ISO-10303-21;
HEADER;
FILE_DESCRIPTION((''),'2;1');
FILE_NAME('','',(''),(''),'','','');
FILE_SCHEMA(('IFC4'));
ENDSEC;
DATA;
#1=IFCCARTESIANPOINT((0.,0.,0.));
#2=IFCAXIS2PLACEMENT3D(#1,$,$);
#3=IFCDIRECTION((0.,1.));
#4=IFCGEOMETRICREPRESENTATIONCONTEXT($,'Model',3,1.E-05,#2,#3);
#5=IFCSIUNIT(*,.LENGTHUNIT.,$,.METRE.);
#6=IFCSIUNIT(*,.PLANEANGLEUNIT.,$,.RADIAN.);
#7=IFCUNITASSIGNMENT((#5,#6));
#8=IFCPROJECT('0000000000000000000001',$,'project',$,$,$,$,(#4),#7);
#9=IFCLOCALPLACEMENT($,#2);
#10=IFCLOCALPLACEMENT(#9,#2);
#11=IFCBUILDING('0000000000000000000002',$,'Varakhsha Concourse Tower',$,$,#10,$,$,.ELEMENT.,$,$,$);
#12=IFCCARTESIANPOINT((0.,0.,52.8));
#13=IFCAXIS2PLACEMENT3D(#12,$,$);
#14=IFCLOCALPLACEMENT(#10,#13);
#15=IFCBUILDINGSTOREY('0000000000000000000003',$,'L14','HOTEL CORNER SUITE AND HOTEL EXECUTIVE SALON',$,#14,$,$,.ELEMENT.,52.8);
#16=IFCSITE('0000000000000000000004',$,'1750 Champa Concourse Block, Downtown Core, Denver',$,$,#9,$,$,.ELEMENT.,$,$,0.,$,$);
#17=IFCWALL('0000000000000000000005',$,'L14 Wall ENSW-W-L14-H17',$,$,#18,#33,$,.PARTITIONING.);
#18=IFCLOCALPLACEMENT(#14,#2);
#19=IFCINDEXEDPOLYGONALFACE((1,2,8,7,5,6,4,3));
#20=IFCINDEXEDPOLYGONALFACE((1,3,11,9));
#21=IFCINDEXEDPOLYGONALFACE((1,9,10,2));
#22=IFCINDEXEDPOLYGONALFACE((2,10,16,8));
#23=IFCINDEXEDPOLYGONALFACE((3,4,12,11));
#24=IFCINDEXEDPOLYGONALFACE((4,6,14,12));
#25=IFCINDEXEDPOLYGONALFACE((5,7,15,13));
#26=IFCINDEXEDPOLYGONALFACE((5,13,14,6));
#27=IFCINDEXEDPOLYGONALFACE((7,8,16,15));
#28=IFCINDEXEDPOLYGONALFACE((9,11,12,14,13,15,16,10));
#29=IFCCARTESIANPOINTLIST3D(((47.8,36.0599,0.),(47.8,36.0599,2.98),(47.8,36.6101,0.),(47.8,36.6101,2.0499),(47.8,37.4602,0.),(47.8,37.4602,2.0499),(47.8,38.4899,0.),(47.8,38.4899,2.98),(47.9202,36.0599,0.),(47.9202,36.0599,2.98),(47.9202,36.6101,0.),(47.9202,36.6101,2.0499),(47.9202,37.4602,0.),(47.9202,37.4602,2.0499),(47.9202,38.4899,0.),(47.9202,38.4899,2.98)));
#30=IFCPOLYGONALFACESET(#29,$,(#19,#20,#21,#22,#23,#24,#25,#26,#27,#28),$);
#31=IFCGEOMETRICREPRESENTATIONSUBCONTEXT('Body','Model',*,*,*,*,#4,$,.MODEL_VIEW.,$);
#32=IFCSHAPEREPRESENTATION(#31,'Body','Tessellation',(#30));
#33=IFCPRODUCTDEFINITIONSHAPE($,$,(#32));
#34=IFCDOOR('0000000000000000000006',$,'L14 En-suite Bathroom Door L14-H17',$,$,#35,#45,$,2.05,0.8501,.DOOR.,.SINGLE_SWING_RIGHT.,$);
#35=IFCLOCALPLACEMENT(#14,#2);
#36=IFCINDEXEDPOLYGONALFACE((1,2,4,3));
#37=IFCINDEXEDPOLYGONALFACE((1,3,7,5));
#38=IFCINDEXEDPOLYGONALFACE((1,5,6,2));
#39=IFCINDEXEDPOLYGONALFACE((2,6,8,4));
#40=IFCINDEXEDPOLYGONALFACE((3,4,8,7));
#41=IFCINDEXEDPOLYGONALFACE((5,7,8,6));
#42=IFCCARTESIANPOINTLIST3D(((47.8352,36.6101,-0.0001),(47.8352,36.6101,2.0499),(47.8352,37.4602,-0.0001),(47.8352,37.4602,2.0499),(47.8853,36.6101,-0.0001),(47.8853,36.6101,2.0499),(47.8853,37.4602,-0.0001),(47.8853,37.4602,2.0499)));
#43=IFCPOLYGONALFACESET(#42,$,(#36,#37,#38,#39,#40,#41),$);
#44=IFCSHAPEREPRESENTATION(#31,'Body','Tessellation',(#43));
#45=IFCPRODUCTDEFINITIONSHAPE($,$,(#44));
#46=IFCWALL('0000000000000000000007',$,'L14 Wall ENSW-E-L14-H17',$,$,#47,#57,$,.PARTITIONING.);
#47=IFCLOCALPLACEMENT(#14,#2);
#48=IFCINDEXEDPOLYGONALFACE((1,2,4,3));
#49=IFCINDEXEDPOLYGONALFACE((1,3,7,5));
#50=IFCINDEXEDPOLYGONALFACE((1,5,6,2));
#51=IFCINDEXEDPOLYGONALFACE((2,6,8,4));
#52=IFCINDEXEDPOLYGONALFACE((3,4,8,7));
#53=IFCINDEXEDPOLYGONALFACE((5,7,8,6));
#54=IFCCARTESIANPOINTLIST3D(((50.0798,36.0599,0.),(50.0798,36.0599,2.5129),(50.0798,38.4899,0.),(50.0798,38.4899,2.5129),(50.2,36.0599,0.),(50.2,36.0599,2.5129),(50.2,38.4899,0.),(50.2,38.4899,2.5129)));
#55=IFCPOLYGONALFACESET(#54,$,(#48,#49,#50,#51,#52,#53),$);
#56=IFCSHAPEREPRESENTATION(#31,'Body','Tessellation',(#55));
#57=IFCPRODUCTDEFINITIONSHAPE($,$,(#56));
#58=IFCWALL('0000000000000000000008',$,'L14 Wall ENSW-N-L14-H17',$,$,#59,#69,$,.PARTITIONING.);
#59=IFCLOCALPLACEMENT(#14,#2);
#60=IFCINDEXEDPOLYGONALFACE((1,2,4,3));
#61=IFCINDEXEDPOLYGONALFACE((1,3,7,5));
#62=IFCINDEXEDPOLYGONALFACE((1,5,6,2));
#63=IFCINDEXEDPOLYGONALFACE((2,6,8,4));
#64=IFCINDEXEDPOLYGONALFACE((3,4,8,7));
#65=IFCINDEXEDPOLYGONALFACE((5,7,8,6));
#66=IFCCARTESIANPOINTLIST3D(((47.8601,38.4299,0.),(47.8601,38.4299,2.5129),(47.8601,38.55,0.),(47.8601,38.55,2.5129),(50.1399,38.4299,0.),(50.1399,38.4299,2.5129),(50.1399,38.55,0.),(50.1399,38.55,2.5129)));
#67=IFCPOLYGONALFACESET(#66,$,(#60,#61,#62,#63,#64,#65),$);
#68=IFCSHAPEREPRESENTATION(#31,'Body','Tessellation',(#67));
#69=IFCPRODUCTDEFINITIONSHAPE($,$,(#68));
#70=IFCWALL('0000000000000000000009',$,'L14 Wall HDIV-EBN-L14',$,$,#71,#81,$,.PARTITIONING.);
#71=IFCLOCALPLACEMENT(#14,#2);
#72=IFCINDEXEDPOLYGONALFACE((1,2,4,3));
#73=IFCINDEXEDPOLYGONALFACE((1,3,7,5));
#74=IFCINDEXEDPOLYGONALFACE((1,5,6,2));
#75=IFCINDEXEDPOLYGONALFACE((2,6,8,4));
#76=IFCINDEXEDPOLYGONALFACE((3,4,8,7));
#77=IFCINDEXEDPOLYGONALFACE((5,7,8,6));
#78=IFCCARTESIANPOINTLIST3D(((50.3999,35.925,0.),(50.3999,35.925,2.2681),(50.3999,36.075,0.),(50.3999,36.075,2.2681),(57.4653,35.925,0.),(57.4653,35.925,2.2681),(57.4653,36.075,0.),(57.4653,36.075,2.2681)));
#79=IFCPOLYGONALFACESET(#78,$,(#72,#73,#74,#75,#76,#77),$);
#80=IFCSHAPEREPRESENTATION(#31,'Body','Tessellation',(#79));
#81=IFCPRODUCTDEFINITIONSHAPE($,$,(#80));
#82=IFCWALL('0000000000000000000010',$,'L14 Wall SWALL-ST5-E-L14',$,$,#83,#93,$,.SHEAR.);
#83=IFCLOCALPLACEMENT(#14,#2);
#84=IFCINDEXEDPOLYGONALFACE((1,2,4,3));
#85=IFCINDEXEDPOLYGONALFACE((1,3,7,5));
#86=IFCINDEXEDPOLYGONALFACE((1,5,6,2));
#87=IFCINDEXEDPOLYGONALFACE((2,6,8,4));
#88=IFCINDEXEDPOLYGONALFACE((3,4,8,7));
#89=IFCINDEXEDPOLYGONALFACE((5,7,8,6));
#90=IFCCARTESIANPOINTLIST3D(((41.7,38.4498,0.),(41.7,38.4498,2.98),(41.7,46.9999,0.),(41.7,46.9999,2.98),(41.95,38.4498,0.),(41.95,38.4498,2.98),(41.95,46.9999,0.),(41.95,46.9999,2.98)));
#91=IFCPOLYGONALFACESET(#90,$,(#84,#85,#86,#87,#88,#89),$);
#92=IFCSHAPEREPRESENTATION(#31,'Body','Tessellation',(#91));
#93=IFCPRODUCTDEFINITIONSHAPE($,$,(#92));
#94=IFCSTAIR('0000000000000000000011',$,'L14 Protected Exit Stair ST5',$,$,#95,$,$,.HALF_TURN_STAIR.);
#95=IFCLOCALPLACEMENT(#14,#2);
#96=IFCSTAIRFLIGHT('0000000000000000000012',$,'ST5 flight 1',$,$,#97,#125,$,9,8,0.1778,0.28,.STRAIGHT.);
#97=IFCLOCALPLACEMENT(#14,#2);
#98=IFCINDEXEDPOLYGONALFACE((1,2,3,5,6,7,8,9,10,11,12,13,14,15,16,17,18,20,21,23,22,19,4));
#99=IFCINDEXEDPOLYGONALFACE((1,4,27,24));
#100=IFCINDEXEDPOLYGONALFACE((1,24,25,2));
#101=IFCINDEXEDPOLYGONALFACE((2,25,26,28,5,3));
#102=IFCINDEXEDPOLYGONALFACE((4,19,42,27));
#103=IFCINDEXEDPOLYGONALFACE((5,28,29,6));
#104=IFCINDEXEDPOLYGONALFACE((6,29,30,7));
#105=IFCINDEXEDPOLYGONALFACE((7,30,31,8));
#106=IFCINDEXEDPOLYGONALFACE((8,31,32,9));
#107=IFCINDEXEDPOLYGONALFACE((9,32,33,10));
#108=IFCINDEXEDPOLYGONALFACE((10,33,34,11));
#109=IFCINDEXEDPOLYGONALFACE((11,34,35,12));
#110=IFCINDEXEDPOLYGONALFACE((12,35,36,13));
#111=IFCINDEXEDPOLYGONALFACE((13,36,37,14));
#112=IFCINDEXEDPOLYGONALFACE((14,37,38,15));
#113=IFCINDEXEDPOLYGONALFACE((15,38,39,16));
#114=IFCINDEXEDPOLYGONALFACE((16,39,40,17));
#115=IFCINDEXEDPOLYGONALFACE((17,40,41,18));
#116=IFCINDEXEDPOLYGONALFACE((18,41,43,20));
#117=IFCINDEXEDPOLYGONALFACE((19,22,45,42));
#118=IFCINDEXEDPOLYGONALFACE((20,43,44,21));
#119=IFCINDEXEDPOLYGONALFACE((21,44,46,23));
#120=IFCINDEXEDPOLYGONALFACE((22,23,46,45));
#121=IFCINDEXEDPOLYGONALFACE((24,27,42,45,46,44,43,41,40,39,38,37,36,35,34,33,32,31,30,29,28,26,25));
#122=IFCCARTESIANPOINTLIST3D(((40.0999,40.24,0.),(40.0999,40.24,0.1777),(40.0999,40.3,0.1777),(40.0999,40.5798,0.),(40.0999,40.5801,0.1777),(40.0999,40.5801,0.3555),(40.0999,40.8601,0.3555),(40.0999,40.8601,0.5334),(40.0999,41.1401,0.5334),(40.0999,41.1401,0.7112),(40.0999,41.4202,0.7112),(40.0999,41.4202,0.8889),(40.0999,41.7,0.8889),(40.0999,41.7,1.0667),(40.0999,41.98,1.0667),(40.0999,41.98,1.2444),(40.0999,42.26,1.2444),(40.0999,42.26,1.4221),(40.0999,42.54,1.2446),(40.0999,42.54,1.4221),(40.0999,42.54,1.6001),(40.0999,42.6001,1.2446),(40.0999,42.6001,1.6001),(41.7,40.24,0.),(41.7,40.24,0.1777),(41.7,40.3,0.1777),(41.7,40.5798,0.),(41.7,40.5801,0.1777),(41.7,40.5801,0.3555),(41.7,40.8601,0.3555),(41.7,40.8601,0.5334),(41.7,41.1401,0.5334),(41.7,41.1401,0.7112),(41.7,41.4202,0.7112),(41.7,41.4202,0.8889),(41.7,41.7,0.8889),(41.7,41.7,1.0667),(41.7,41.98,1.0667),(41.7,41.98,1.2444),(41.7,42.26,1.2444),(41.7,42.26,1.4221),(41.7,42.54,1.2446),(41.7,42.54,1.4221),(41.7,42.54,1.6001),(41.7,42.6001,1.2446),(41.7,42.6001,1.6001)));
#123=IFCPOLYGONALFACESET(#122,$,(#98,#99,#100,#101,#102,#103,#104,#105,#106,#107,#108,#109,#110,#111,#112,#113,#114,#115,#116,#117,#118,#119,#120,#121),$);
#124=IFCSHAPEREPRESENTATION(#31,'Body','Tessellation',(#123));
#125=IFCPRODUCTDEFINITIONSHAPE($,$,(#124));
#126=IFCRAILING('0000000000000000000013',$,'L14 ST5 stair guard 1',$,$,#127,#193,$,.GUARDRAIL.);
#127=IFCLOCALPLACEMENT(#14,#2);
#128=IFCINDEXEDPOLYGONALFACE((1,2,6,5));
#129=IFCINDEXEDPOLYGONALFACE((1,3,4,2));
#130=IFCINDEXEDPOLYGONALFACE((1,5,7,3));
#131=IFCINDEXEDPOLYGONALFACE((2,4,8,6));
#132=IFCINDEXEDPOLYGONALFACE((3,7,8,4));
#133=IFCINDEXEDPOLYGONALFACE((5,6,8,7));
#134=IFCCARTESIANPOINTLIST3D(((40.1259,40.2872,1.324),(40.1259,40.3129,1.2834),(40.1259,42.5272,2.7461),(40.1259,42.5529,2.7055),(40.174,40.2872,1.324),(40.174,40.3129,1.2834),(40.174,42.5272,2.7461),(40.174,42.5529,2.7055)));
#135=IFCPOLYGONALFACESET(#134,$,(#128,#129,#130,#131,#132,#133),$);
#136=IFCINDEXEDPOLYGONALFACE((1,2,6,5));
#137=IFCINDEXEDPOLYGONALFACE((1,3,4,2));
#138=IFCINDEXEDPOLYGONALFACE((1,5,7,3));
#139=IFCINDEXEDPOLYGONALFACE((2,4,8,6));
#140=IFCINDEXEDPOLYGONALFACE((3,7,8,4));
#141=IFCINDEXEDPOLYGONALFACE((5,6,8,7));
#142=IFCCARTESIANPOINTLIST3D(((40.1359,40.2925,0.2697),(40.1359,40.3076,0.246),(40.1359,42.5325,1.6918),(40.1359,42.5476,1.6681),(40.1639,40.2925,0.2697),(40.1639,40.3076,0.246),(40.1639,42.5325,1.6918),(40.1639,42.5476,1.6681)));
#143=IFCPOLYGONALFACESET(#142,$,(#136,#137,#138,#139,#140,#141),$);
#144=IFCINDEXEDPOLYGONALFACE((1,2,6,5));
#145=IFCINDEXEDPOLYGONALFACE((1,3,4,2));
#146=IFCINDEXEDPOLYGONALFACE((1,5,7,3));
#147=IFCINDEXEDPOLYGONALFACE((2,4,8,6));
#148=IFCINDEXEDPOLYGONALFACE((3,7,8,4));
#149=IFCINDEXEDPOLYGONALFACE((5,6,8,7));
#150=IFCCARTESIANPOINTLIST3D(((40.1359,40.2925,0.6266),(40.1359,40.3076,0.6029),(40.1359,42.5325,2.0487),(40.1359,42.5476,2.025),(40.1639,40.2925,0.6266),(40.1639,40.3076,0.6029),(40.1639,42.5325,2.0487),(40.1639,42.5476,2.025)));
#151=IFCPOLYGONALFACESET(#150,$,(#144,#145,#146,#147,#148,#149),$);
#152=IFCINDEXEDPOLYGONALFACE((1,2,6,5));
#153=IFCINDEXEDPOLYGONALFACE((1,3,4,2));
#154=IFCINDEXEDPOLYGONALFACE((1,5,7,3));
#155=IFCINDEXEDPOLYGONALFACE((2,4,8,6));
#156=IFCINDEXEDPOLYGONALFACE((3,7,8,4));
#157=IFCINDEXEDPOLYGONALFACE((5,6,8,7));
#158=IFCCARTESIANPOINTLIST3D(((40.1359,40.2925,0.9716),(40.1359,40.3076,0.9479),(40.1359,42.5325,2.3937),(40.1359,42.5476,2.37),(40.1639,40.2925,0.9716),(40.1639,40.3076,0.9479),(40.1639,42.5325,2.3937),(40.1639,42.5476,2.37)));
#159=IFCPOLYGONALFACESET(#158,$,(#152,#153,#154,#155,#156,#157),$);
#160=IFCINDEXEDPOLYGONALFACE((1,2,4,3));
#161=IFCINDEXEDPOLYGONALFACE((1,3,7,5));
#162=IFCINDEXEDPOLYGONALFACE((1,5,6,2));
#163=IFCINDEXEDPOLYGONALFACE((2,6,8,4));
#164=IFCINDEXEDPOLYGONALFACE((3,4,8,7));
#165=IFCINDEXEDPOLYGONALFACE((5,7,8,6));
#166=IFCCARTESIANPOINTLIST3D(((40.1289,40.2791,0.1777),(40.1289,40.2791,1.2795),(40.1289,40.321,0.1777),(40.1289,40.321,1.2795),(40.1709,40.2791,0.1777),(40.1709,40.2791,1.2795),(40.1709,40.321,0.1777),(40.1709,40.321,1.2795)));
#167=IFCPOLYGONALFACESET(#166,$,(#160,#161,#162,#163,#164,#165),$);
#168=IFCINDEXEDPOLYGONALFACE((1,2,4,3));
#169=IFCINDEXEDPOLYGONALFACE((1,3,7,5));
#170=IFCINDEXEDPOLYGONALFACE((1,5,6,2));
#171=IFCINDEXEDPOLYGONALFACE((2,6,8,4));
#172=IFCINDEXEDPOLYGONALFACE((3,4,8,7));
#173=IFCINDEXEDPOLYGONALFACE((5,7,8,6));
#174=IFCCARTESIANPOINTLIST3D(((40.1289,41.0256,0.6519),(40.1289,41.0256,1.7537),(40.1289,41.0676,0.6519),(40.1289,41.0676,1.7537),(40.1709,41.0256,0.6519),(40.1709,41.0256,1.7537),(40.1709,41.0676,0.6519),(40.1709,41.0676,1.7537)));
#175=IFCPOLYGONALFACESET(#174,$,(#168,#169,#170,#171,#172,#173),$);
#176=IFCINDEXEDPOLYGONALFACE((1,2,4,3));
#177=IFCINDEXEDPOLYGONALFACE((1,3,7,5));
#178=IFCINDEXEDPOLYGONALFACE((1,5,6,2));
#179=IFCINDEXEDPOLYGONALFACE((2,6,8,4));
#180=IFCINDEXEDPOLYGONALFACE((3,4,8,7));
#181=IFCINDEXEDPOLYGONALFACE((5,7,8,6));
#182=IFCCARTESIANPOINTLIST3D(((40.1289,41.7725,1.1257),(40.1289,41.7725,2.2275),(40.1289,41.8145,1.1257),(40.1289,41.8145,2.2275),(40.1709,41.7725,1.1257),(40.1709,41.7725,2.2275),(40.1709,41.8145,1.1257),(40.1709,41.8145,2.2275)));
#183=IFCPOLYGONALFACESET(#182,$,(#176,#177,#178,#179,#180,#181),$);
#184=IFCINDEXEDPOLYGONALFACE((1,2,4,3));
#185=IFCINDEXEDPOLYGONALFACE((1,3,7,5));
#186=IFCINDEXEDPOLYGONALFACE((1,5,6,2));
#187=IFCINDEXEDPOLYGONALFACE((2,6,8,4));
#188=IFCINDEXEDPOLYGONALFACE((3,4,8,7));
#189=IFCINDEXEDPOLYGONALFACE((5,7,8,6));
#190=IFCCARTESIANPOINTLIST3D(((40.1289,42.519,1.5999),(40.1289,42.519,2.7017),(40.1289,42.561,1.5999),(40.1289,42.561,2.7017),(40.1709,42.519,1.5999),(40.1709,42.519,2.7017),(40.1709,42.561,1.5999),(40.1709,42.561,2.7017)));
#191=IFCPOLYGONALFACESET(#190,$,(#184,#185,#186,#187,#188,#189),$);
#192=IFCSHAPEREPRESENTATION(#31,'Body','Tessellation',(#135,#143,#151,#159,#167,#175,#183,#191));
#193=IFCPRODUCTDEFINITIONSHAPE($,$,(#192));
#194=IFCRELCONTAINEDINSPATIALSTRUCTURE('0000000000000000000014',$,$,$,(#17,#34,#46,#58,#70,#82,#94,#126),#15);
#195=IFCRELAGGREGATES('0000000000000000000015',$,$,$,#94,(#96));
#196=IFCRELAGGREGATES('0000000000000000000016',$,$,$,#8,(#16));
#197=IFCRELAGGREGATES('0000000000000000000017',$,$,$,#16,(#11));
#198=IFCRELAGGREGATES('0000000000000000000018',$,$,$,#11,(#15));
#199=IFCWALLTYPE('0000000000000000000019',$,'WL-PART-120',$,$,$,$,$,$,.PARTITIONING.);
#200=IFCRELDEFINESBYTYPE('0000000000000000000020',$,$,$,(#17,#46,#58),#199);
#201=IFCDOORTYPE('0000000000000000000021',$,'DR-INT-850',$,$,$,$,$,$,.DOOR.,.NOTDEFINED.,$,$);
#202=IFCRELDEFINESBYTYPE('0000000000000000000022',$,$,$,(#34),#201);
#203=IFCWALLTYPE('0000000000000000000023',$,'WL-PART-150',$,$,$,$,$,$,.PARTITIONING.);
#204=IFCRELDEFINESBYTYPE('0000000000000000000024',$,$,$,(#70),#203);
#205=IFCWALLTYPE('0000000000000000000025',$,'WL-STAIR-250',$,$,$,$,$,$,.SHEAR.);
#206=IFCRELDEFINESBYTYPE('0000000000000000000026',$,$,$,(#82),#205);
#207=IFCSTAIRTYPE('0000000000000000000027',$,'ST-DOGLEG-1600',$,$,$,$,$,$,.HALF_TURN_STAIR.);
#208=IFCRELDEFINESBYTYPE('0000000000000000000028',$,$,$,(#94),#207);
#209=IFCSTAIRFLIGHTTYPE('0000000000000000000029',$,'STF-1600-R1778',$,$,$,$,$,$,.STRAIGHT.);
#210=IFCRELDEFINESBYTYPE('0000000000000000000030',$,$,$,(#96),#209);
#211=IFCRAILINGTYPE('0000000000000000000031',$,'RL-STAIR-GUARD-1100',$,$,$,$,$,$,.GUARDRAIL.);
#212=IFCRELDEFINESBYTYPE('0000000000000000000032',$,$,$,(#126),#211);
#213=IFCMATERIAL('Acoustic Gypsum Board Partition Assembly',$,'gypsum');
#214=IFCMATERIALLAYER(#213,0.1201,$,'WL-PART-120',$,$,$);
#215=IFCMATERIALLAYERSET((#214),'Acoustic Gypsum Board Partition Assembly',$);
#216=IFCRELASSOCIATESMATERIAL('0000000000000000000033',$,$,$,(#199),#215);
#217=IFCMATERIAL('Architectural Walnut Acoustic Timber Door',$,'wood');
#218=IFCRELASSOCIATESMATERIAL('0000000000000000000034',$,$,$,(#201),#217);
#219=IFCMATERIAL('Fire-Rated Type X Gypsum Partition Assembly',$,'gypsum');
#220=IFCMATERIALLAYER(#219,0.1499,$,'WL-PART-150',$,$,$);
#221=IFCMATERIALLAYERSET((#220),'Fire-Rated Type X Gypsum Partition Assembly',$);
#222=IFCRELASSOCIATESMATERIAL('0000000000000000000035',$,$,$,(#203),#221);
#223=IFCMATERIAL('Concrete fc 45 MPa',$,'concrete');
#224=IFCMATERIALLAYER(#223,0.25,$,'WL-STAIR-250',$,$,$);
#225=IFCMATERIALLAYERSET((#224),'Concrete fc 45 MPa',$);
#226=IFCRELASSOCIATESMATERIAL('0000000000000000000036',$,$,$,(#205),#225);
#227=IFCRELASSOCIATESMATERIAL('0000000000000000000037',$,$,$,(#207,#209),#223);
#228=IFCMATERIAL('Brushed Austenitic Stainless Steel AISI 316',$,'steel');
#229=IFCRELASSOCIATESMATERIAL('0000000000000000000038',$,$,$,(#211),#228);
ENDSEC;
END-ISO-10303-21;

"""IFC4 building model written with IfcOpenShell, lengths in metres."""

from ifc_helpers import new_model, si_unit, direction, frame, frame_2d, origin, origin_2d, place, context, subcontext, project, spatial, polyline, rectangle, outline, extrude, material, layer, layer_set, type_object, element, fill, aggregate, save


model = new_model("IFC4")

# Units and contexts
model_context = context("Model", 3, precision=1e-05, world=origin(), true_north=direction((0.0, 1.0)))
body_context = subcontext(model_context, "Body", "Model", "MODEL_VIEW")
ifc_project = project(units=[si_unit("LENGTHUNIT", "METRE"), si_unit("PLANEANGLEUNIT", "RADIAN")], contexts=[model_context])

# Site, building, storey
site_placement = place(None, origin())
site = spatial("IfcSite", under=ifc_project, at=site_placement, Name="1750 Champa Concourse Block, Downtown Core, Denver", CompositionType="ELEMENT", RefElevation=0.0)
building_placement = place(site_placement, origin())
building = spatial("IfcBuilding", under=site, at=building_placement, Name="Varakhsha Concourse Tower", CompositionType="ELEMENT")
storey_placement = place(building_placement, frame((0.0, 0.0, 52.8)))
storey = spatial("IfcBuildingStorey", under=building, at=storey_placement, Name="L14", Description="HOTEL CORNER SUITE AND HOTEL EXECUTIVE SALON", CompositionType="ELEMENT", Elevation=52.8)

# Shared definitions
ifc_material_1 = material(Name="Acoustic Gypsum Board Partition Assembly", Category="gypsum")
ifc_layer_1 = layer(ifc_material_1, 0.1201, Name="WL-PART-120")
ifc_layer_set_1 = layer_set([ifc_layer_1], Name="Acoustic Gypsum Board Partition Assembly")
wall_type_1 = type_object("IfcWallType", Name="WL-PART-120", PredefinedType="PARTITIONING", material=ifc_layer_set_1)
ifc_material_2 = material(Name="Architectural Walnut Acoustic Timber Door", Category="wood")
door_type = type_object("IfcDoorType", Name="DR-INT-850", OperationType="NOTDEFINED", PredefinedType="DOOR", material=ifc_material_2)

# Wall, opening, door
wall_1_placement = place(storey_placement, frame((47.8601, 36.0601, 0.0), z_axis=(0.0, 0.0, 1.0), x_axis=(0.0, 1.0, 0.0)))
wall_1 = element("IfcWall", 1, at=wall_1_placement, inside=storey, type_object=wall_type_1, Name="L14 Wall ENSW-W-L14-H17", PredefinedType="PARTITIONING", context=body_context, shape_type="SweptSolid", body=[
    extrude(rectangle(XDim=2.4299, YDim=0.1201, at=frame_2d((1.2148, 0.0))), origin(), (0.0, 0.0, 1.0), 2.98),
])
opening_1_placement = place(wall_1_placement, frame((0.55, 0.0, 0.0)))
opening_1 = element("IfcOpeningElement", 2, at=opening_1_placement, cuts=wall_1, PredefinedType="OPENING", context=body_context, shape_type="SweptSolid", body=[
    extrude(rectangle(XDim=0.8501, YDim=2.05, at=frame_2d((0.425, 1.0249))), frame((0.0, 0.0701, 0.0), z_axis=(0.0, -1.0, 0.0), x_axis=(1.0, 0.0, 0.0)), (0.0, 0.0, 1.0), 0.1401),
])
door_1_placement = place(opening_1_placement, origin())
door_1 = element("IfcDoor", 3, at=door_1_placement, inside=storey, type_object=door_type, Name="L14 En-suite Bathroom Door L14-H17", OperationType="SINGLE_SWING_RIGHT", OverallHeight=2.05, OverallWidth=0.8501, PredefinedType="DOOR", context=body_context, shape_type="SweptSolid", body=[
    extrude(rectangle(XDim=0.8501, YDim=2.05, at=frame_2d((0.425, 1.0249))), frame((0.0, 0.0249, 0.0), z_axis=(0.0, -1.0, 0.0), x_axis=(1.0, 0.0, 0.0)), (0.0, 0.0, 1.0), 0.05),
])
fill(opening_1, door_1)

# Walls
wall_2_placement = place(storey_placement, frame((50.1399, 36.0601, 0.0), z_axis=(0.0, 0.0, 1.0), x_axis=(0.0, 1.0, 0.0)))
element("IfcWall", 4, at=wall_2_placement, inside=storey, type_object=wall_type_1, Name="L14 Wall ENSW-E-L14-H17", PredefinedType="PARTITIONING", context=body_context, shape_type="SweptSolid", body=[
    extrude(rectangle(XDim=2.4299, YDim=0.1201, at=frame_2d((1.2148, 0.0))), origin(), (0.0, 0.0, 1.0), 2.5129),
])
wall_3_placement = place(storey_placement, frame((47.8601, 38.49, 0.0), z_axis=(0.0, 0.0, 1.0), x_axis=(1.0, 0.0, 0.0)))
element("IfcWall", 5, at=wall_3_placement, inside=storey, type_object=wall_type_1, Name="L14 Wall ENSW-N-L14-H17", PredefinedType="PARTITIONING", context=body_context, shape_type="SweptSolid", body=[
    extrude(rectangle(XDim=2.2798, YDim=0.1201, at=frame_2d((1.1399, 0.0))), origin(), (0.0, 0.0, 1.0), 2.5129),
])
ifc_material_3 = material(Name="Fire-Rated Type X Gypsum Partition Assembly", Category="gypsum")
ifc_layer_2 = layer(ifc_material_3, 0.1499, Name="WL-PART-150")
ifc_layer_set_2 = layer_set([ifc_layer_2], Name="Fire-Rated Type X Gypsum Partition Assembly")
wall_type_2 = type_object("IfcWallType", Name="WL-PART-150", PredefinedType="PARTITIONING", material=ifc_layer_set_2)
wall_4_placement = place(storey_placement, frame((50.3999, 36.0, 0.0), z_axis=(0.0, 0.0, 1.0), x_axis=(1.0, 0.0, 0.0)))
element("IfcWall", 6, at=wall_4_placement, inside=storey, type_object=wall_type_2, Name="L14 Wall HDIV-EBN-L14", PredefinedType="PARTITIONING", context=body_context, shape_type="SweptSolid", body=[
    extrude(rectangle(XDim=7.0654, YDim=0.1499, at=frame_2d((3.5327, 0.0))), origin(), (0.0, 0.0, 1.0), 2.2681),
])
ifc_material_4 = material(Name="Concrete fc 45 MPa", Category="concrete")
ifc_layer_3 = layer(ifc_material_4, 0.25, Name="WL-STAIR-250")
ifc_layer_set_3 = layer_set([ifc_layer_3], Name="Concrete fc 45 MPa")
wall_type_3 = type_object("IfcWallType", Name="WL-STAIR-250", PredefinedType="SHEAR", material=ifc_layer_set_3)
wall_5_placement = place(storey_placement, frame((41.825, 38.45, 0.0), z_axis=(0.0, 0.0, 1.0), x_axis=(0.0, 1.0, 0.0)))
element("IfcWall", 7, at=wall_5_placement, inside=storey, type_object=wall_type_3, Name="L14 Wall SWALL-ST5-E-L14", PredefinedType="SHEAR", context=body_context, shape_type="SweptSolid", body=[
    extrude(rectangle(XDim=8.55, YDim=0.25, at=frame_2d((4.2749, 0.0))), origin(), (0.0, 0.0, 1.0), 2.98),
])

# Stair, stair flight
stair_type = type_object("IfcStairType", Name="ST-DOGLEG-1600", PredefinedType="HALF_TURN_STAIR", material=ifc_material_4)
stair_placement = place(storey_placement, origin())
stair = element("IfcStair", 8, at=stair_placement, inside=storey, type_object=stair_type, Name="L14 Protected Exit Stair ST5", PredefinedType="HALF_TURN_STAIR")
stair_flight_type = type_object("IfcStairFlightType", Name="STF-1600-R1778", PredefinedType="STRAIGHT", material=ifc_material_4)
stair_flight_placement = place(storey_placement, frame((40.8999, 40.3, 0.0), z_axis=(0.0, 0.0, 1.0), x_axis=(0.0, 1.0, 0.0)))
stair_flight = element("IfcStairFlight", 9, at=stair_flight_placement, type_object=stair_flight_type, Name="ST5 flight 1", NumberOfRisers=9, NumberOfTreads=8, PredefinedType="STRAIGHT", RiserHeight=0.1778, TreadLength=0.28, context=body_context, shape_type="SweptSolid", body=[
    extrude(outline(polyline([(-0.0601, 0.0), (-0.0601, 0.1777), (0.0, 0.1777), (0.28, 0.1777), (0.28, 0.3555), (0.5601, 0.3555), (0.5601, 0.5334), (0.8401, 0.5334), (0.8401, 0.7112), (1.1201, 0.7112), (1.1201, 0.8889), (1.3999, 0.8889), (1.3999, 1.0667), (1.6799, 1.0667), (1.6799, 1.2444), (1.96, 1.2444), (1.96, 1.4221), (2.24, 1.4221), (2.24, 1.6001), (2.3, 1.6001), (2.3, 1.2446), (2.24, 1.2446), (0.2798, 0.0), (-0.0601, 0.0)])), frame((0.0, 0.8, 0.0), z_axis=(0.0, -1.0, 0.0), x_axis=(1.0, 0.0, 0.0)), (0.0, 0.0, 1.0), 1.6001),
])
aggregate(stair, [stair_flight])

# Railing
ifc_material_5 = material(Name="Brushed Austenitic Stainless Steel AISI 316", Category="steel")
railing_type_1 = type_object("IfcRailingType", Name="RL-STAIR-GUARD-1100", PredefinedType="GUARDRAIL", material=ifc_material_5)
railing_1_placement = place(storey_placement, frame((40.1499, 40.3, 0.1777)))
element("IfcRailing", 10, at=railing_1_placement, inside=storey, type_object=railing_type_1, Name="L14 ST5 stair guard 1", PredefinedType="GUARDRAIL", context=body_context, shape_type="SweptSolid", body=[
    extrude(rectangle(XDim=0.0481, YDim=0.0481, at=origin_2d()), frame((0.0, 0.0, 1.126), z_axis=(0.0, 0.844229, 0.535982), x_axis=(-1.0, 0.0, 0.0)), (0.0, 0.0, 1.0), 2.6533),
    extrude(rectangle(XDim=0.0281, YDim=0.0281, at=origin_2d()), frame((0.0, 0.0, 0.0801), z_axis=(0.0, 0.844229, 0.535982), x_axis=(-1.0, 0.0, 0.0)), (0.0, 0.0, 1.0), 2.6533),
    extrude(rectangle(XDim=0.0281, YDim=0.0281, at=origin_2d()), frame((0.0, 0.0, 0.437), z_axis=(0.0, 0.844229, 0.535982), x_axis=(-1.0, 0.0, 0.0)), (0.0, 0.0, 1.0), 2.6533),
    extrude(rectangle(XDim=0.0281, YDim=0.0281, at=origin_2d()), frame((0.0, 0.0, 0.782), z_axis=(0.0, 0.844229, 0.535982), x_axis=(-1.0, 0.0, 0.0)), (0.0, 0.0, 1.0), 2.6533),
    extrude(rectangle(XDim=0.042, YDim=0.042, at=origin_2d()), origin(), (0.0, 0.0, 1.0), 1.1018),
    extrude(rectangle(XDim=0.042, YDim=0.042, at=origin_2d()), frame((0.0, 0.7466, 0.4741)), (0.0, 0.0, 1.0), 1.1018),
    extrude(rectangle(XDim=0.042, YDim=0.042, at=origin_2d()), frame((0.0, 1.4934, 0.948)), (0.0, 0.0, 1.0), 1.1018),
    extrude(rectangle(XDim=0.042, YDim=0.042, at=origin_2d()), frame((0.0, 2.24, 1.4221)), (0.0, 0.0, 1.0), 1.1018),
])

save(model, "model.ifc")
